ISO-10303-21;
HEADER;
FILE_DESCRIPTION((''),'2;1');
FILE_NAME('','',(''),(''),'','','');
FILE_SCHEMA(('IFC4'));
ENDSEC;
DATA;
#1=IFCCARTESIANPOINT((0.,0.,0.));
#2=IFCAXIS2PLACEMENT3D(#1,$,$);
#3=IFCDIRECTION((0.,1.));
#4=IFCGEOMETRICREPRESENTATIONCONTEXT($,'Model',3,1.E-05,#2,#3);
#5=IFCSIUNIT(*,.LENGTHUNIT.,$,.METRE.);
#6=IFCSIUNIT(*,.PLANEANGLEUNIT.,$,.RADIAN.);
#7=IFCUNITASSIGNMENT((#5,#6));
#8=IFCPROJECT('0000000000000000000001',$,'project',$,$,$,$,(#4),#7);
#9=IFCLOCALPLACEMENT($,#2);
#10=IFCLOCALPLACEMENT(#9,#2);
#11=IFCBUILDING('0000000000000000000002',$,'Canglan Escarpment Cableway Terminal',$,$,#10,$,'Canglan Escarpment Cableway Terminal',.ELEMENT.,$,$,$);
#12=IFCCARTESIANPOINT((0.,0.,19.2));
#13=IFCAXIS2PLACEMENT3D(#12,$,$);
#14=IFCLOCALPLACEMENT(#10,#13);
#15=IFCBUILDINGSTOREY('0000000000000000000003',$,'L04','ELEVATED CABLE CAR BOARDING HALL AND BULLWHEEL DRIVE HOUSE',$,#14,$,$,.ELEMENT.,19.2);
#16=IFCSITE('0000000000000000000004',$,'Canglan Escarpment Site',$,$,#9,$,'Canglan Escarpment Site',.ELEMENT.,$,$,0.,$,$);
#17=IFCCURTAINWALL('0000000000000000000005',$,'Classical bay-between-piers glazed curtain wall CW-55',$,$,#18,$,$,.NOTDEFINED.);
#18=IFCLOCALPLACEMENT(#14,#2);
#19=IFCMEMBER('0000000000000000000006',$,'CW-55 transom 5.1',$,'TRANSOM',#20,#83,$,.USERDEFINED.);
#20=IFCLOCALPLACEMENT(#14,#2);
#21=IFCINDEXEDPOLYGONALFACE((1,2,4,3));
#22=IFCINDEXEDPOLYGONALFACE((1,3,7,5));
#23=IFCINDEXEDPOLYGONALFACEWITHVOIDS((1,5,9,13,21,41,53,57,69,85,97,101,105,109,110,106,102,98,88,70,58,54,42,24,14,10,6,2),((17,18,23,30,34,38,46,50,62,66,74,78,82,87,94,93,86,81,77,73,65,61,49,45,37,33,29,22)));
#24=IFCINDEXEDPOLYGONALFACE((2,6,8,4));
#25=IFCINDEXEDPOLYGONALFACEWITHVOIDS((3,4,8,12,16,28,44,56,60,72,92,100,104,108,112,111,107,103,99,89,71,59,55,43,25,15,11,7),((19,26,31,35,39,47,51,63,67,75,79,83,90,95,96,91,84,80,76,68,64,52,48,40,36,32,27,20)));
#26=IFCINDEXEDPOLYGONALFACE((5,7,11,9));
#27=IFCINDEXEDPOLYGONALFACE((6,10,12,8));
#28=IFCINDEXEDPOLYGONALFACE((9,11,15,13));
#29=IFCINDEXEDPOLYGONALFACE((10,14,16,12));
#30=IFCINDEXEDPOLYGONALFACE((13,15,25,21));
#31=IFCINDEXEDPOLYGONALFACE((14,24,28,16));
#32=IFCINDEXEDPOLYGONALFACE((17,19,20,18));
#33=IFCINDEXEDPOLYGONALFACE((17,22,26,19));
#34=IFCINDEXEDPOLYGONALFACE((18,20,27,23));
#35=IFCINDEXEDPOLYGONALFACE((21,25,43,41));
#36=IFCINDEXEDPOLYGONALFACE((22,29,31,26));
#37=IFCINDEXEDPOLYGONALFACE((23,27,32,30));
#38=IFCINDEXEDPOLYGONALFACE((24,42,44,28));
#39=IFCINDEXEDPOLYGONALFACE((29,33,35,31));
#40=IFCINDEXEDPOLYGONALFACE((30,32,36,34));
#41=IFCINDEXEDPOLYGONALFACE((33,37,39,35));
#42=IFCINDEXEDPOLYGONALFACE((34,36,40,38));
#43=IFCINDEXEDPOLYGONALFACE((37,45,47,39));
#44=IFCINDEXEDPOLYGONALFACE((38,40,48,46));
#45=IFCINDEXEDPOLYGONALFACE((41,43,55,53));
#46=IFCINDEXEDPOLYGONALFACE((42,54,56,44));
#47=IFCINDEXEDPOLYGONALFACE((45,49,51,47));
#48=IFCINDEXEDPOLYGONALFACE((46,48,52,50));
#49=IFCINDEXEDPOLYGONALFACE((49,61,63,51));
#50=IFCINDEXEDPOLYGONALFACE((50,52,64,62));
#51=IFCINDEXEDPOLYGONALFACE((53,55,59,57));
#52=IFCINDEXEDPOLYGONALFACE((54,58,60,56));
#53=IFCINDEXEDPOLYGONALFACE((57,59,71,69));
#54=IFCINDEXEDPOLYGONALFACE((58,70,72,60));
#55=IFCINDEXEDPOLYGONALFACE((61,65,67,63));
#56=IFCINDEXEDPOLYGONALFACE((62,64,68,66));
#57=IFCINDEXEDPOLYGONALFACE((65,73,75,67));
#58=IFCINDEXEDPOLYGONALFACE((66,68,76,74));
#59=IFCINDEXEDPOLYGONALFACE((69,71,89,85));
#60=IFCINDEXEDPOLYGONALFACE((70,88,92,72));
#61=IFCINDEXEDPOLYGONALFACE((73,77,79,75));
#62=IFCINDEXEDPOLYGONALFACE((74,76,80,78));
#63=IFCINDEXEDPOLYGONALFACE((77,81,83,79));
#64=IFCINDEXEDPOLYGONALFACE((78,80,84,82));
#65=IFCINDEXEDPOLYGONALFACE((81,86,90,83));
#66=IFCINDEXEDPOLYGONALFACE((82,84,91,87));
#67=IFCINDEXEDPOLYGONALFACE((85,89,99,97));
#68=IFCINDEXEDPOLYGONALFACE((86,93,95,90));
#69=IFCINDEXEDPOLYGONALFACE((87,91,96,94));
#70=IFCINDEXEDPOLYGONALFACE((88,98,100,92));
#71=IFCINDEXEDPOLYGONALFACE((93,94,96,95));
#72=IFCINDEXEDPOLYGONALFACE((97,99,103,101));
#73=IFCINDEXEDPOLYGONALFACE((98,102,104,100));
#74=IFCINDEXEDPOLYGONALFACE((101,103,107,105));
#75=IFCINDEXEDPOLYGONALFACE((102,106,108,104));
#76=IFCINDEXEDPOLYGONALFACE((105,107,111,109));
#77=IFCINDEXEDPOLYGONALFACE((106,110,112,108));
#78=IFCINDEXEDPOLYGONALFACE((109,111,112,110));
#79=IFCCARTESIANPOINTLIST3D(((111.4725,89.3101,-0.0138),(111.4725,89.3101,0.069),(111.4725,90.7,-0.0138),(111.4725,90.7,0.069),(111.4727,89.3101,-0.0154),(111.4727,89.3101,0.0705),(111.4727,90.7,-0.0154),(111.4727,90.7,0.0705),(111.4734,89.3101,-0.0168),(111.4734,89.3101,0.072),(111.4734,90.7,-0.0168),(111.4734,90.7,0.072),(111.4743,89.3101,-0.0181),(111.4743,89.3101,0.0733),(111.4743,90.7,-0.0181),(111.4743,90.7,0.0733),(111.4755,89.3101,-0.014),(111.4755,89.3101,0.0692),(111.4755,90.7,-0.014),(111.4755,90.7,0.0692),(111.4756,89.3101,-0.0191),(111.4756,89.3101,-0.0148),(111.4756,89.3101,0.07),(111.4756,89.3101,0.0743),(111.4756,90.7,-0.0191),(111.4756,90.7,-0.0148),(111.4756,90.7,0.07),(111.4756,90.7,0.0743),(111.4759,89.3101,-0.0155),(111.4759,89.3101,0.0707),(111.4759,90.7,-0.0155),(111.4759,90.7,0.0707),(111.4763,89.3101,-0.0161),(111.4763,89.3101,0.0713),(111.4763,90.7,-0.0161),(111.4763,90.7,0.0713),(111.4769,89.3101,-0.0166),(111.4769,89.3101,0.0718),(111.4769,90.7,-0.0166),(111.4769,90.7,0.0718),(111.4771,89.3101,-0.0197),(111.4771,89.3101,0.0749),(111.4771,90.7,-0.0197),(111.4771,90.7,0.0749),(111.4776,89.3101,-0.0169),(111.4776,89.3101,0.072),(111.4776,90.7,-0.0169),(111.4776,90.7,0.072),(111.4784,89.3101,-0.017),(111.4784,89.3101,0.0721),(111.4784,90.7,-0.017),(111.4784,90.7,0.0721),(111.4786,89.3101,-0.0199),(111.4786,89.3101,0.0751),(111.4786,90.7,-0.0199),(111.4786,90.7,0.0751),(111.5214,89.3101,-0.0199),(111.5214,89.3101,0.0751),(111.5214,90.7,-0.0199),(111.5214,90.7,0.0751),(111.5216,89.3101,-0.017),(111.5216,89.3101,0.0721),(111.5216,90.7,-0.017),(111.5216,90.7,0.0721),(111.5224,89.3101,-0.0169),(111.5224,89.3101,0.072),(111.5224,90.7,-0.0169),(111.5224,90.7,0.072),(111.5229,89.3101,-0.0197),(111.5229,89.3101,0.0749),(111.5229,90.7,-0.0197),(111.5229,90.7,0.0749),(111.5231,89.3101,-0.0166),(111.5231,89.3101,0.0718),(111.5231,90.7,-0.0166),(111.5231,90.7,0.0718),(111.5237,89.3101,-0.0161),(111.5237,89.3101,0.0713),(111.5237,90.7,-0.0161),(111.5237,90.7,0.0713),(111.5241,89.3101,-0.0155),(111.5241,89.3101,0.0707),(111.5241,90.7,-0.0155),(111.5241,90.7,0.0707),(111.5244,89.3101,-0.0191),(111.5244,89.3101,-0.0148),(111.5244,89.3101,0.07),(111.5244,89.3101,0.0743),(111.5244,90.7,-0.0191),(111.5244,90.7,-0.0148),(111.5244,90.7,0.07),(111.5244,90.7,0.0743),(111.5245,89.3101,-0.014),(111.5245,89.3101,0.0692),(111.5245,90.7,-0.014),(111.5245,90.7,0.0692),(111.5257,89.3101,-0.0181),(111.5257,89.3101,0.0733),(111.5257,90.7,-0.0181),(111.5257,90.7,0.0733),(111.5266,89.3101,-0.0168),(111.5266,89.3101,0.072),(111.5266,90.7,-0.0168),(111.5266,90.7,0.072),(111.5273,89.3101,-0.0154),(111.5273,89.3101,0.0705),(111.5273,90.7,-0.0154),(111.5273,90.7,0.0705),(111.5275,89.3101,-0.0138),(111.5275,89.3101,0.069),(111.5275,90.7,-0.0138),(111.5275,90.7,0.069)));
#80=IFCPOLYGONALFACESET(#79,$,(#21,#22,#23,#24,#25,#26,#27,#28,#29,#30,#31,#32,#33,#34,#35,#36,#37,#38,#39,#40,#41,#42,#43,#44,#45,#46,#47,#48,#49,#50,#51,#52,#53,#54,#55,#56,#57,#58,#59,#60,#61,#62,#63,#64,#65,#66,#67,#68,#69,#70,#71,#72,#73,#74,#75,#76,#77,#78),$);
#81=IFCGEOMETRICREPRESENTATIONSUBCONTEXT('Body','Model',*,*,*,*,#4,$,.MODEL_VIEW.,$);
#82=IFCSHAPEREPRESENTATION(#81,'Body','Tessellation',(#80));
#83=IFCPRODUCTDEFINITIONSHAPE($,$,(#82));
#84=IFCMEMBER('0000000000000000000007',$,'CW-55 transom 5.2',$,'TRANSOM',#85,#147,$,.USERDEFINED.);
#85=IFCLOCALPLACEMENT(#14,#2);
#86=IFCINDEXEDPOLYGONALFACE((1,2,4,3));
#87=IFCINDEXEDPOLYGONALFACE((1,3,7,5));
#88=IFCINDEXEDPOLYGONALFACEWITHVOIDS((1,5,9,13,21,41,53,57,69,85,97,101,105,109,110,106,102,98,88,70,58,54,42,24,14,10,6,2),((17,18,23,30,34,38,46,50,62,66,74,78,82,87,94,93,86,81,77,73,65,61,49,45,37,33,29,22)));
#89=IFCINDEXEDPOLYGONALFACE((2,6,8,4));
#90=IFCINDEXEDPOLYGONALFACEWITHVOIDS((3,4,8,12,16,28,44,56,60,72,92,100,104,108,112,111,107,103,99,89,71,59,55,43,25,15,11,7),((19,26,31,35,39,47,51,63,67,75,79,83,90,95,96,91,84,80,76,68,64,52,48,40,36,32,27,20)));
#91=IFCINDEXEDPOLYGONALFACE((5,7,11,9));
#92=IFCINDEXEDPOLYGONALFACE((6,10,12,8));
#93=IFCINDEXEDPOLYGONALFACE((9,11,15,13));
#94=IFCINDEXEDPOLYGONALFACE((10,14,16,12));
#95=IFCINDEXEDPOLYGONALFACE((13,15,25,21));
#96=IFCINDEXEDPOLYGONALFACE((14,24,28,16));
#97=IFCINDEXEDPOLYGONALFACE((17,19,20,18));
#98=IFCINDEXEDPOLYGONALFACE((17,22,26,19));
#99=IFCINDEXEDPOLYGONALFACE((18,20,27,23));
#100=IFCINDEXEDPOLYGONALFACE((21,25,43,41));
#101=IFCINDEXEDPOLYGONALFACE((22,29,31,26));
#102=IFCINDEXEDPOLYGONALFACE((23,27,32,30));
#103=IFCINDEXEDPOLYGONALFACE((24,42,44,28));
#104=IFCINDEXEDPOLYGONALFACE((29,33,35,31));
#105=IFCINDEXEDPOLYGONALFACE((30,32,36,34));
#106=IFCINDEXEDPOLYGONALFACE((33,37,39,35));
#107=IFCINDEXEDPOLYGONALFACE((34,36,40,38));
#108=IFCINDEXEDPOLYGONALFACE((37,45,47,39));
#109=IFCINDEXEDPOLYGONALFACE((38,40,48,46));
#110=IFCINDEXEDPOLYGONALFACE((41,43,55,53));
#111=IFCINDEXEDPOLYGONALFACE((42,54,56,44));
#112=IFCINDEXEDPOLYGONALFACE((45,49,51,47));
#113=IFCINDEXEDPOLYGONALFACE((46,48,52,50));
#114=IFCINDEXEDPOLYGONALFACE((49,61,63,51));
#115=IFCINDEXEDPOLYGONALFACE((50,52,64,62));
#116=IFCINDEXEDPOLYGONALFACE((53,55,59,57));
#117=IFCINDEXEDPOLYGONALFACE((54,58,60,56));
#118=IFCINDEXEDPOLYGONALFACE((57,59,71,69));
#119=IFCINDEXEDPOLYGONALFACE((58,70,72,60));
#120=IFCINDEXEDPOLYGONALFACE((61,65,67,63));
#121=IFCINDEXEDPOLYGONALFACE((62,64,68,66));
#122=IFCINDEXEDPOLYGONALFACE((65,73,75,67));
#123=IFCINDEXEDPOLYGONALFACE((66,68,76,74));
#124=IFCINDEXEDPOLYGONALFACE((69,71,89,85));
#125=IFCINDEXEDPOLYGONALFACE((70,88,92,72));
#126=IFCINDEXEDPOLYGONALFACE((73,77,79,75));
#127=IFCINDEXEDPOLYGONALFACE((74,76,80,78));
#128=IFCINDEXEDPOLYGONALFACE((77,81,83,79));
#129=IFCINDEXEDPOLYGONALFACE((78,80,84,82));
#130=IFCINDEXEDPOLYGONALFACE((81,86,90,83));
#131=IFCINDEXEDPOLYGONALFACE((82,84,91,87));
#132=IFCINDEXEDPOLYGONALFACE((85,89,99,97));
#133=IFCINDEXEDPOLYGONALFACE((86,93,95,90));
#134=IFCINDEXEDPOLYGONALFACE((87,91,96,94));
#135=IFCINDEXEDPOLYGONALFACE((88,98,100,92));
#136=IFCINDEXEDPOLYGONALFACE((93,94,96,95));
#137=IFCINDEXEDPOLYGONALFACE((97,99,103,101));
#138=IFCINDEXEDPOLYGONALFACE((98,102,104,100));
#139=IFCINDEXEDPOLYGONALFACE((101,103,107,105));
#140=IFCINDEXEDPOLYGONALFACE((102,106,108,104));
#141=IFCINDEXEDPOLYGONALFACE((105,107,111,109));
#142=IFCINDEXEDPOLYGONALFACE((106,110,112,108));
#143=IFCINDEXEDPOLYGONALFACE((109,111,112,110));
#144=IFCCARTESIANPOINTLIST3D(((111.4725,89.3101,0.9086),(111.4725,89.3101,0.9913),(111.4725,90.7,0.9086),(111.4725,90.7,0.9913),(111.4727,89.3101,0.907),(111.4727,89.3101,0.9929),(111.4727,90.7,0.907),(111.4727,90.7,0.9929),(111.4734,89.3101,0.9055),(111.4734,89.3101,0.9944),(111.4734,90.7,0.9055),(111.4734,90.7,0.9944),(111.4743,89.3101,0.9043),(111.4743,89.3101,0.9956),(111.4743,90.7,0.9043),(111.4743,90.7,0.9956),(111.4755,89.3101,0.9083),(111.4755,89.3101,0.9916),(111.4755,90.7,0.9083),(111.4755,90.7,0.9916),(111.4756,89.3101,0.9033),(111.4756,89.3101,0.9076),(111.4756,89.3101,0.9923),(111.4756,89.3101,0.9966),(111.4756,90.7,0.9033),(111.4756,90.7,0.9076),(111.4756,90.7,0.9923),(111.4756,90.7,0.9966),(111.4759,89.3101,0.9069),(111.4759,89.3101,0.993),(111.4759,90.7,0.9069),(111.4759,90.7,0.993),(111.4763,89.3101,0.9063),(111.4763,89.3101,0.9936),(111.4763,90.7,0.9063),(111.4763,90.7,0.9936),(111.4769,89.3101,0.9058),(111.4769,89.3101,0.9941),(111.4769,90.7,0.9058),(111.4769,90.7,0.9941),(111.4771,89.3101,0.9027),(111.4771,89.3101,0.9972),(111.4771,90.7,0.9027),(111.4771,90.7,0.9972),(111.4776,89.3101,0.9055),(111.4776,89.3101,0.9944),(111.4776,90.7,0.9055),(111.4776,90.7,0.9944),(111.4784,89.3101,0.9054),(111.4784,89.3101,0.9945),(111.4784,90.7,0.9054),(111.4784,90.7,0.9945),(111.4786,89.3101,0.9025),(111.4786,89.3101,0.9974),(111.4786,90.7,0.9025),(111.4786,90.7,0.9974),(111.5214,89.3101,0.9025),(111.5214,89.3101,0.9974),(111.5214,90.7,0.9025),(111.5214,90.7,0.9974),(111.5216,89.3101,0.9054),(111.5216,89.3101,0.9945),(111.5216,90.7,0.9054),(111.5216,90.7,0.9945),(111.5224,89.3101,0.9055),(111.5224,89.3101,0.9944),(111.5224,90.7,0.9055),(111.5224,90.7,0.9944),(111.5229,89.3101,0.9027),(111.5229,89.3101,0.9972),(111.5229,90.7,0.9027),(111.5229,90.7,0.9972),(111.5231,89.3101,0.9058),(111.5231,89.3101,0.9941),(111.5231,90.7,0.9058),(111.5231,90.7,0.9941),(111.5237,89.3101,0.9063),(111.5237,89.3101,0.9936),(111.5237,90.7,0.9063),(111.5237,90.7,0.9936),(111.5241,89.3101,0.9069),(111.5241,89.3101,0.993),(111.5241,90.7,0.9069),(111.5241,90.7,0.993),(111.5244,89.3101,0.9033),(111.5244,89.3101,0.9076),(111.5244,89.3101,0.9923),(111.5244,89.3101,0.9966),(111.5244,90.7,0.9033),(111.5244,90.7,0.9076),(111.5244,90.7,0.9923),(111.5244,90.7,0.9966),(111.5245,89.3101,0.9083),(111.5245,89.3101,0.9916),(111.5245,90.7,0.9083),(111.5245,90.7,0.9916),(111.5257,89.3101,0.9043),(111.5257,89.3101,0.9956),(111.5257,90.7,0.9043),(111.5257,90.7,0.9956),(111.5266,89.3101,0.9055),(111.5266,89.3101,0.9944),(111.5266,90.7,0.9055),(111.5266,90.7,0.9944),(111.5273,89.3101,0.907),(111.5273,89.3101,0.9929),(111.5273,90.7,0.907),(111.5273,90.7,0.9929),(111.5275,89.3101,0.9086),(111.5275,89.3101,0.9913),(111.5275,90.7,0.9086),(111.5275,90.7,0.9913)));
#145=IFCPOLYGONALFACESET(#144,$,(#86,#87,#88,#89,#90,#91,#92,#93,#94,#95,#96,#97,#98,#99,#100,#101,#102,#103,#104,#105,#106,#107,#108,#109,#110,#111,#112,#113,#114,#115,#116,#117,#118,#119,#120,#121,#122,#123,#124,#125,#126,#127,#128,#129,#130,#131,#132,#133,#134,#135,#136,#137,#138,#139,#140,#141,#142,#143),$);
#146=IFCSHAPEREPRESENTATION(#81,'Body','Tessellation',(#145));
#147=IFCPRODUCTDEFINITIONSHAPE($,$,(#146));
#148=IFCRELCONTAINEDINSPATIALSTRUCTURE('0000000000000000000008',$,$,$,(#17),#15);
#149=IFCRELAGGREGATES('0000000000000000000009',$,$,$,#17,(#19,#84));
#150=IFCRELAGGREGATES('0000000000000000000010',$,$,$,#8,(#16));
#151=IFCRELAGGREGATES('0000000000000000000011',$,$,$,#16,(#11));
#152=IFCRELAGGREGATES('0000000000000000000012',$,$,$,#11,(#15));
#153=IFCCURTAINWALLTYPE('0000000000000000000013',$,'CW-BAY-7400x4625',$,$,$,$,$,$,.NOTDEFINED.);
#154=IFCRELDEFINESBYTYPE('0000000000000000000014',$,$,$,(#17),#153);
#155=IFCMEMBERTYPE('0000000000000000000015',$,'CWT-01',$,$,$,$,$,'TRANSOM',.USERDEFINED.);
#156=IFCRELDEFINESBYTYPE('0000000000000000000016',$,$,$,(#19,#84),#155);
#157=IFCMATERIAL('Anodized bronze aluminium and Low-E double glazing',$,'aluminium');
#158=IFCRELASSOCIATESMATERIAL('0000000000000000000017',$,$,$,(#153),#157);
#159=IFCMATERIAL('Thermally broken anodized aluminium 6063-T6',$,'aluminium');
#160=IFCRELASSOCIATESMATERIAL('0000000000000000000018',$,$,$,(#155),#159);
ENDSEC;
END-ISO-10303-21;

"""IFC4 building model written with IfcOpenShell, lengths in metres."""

from ifc_helpers import new_model, si_unit, direction, frame, origin, origin_2d, place, context, subcontext, project, spatial, hollow_rectangle, extrude, material, material_profile, profile_set, type_object, element, aggregate, save


model = new_model("IFC4")

# Units and contexts
model_context = context("Model", 3, precision=1e-05, world=origin(), true_north=direction((0.0, 1.0)))
body_context = subcontext(model_context, "Body", "Model", "MODEL_VIEW")
ifc_project = project(units=[si_unit("LENGTHUNIT", "METRE"), si_unit("PLANEANGLEUNIT", "RADIAN")], contexts=[model_context])

# Site, building, storey
site_placement = place(None, origin())
site = spatial("IfcSite", under=ifc_project, at=site_placement, Name="Canglan Escarpment Site", LongName="Canglan Escarpment Site", CompositionType="ELEMENT", RefElevation=0.0)
building_placement = place(site_placement, origin())
building = spatial("IfcBuilding", under=site, at=building_placement, Name="Canglan Escarpment Cableway Terminal", LongName="Canglan Escarpment Cableway Terminal", CompositionType="ELEMENT")
storey_placement = place(building_placement, frame((0.0, 0.0, 19.2)))
storey = spatial("IfcBuildingStorey", under=building, at=storey_placement, Name="L04", Description="ELEVATED CABLE CAR BOARDING HALL AND BULLWHEEL DRIVE HOUSE", CompositionType="ELEMENT", Elevation=19.2)

# Curtain wall, members
ifc_material_1 = material(Name="Anodized bronze aluminium and Low-E double glazing", Category="aluminium")
curtain_wall_type = type_object("IfcCurtainWallType", Name="CW-BAY-7400x4625", PredefinedType="NOTDEFINED", material=ifc_material_1)
curtain_wall_placement = place(storey_placement, origin())
curtain_wall = element("IfcCurtainWall", 1, at=curtain_wall_placement, inside=storey, type_object=curtain_wall_type, Name="Classical bay-between-piers glazed curtain wall CW-55", PredefinedType="NOTDEFINED")
ifc_material_2 = material(Name="Thermally broken anodized aluminium 6063-T6", Category="aluminium")
ifc_material_profile_1 = material_profile(ifc_material_2, hollow_rectangle(XDim=0.0549, YDim=0.095, WallThickness=0.0029, InnerFilletRadius=0.0029, OuterFilletRadius=0.0061, at=origin_2d()), Name="ALU-TRAN 55x95x3")
ifc_profile_set_1 = profile_set([ifc_material_profile_1], Name="Thermally broken anodized aluminium 6063-T6")
member_type_1 = type_object("IfcMemberType", Name="CWT-01", ElementType="TRANSOM", PredefinedType="USERDEFINED", material=ifc_profile_set_1)
member_1_placement = place(storey_placement, frame((111.5, 90.7, 0.0276), z_axis=(0.0, -1.0, 0.0), x_axis=(1.0, 0.0, 0.0)))
member_1 = element("IfcMember", 2, at=member_1_placement, type_object=member_type_1, Name="CW-55 transom 5.1", ObjectType="TRANSOM", PredefinedType="USERDEFINED", context=body_context, shape_type="SweptSolid", body=[
    extrude(hollow_rectangle(XDim=0.0549, YDim=0.095, WallThickness=0.0029, InnerFilletRadius=0.0029, OuterFilletRadius=0.0061, at=origin_2d()), origin(), (0.0, 0.0, 1.0), 1.3899),
])
member_2_placement = place(storey_placement, frame((111.5, 90.7, 0.95), z_axis=(0.0, -1.0, 0.0), x_axis=(1.0, 0.0, 0.0)))
member_2 = element("IfcMember", 3, at=member_2_placement, type_object=member_type_1, Name="CW-55 transom 5.2", ObjectType="TRANSOM", PredefinedType="USERDEFINED", context=body_context, shape_type="SweptSolid", body=[
    extrude(hollow_rectangle(XDim=0.0549, YDim=0.095, WallThickness=0.0029, InnerFilletRadius=0.0029, OuterFilletRadius=0.0061, at=origin_2d()), origin(), (0.0, 0.0, 1.0), 1.3899),
])
aggregate(curtain_wall, [member_1, member_2])

save(model, "model.ifc")
